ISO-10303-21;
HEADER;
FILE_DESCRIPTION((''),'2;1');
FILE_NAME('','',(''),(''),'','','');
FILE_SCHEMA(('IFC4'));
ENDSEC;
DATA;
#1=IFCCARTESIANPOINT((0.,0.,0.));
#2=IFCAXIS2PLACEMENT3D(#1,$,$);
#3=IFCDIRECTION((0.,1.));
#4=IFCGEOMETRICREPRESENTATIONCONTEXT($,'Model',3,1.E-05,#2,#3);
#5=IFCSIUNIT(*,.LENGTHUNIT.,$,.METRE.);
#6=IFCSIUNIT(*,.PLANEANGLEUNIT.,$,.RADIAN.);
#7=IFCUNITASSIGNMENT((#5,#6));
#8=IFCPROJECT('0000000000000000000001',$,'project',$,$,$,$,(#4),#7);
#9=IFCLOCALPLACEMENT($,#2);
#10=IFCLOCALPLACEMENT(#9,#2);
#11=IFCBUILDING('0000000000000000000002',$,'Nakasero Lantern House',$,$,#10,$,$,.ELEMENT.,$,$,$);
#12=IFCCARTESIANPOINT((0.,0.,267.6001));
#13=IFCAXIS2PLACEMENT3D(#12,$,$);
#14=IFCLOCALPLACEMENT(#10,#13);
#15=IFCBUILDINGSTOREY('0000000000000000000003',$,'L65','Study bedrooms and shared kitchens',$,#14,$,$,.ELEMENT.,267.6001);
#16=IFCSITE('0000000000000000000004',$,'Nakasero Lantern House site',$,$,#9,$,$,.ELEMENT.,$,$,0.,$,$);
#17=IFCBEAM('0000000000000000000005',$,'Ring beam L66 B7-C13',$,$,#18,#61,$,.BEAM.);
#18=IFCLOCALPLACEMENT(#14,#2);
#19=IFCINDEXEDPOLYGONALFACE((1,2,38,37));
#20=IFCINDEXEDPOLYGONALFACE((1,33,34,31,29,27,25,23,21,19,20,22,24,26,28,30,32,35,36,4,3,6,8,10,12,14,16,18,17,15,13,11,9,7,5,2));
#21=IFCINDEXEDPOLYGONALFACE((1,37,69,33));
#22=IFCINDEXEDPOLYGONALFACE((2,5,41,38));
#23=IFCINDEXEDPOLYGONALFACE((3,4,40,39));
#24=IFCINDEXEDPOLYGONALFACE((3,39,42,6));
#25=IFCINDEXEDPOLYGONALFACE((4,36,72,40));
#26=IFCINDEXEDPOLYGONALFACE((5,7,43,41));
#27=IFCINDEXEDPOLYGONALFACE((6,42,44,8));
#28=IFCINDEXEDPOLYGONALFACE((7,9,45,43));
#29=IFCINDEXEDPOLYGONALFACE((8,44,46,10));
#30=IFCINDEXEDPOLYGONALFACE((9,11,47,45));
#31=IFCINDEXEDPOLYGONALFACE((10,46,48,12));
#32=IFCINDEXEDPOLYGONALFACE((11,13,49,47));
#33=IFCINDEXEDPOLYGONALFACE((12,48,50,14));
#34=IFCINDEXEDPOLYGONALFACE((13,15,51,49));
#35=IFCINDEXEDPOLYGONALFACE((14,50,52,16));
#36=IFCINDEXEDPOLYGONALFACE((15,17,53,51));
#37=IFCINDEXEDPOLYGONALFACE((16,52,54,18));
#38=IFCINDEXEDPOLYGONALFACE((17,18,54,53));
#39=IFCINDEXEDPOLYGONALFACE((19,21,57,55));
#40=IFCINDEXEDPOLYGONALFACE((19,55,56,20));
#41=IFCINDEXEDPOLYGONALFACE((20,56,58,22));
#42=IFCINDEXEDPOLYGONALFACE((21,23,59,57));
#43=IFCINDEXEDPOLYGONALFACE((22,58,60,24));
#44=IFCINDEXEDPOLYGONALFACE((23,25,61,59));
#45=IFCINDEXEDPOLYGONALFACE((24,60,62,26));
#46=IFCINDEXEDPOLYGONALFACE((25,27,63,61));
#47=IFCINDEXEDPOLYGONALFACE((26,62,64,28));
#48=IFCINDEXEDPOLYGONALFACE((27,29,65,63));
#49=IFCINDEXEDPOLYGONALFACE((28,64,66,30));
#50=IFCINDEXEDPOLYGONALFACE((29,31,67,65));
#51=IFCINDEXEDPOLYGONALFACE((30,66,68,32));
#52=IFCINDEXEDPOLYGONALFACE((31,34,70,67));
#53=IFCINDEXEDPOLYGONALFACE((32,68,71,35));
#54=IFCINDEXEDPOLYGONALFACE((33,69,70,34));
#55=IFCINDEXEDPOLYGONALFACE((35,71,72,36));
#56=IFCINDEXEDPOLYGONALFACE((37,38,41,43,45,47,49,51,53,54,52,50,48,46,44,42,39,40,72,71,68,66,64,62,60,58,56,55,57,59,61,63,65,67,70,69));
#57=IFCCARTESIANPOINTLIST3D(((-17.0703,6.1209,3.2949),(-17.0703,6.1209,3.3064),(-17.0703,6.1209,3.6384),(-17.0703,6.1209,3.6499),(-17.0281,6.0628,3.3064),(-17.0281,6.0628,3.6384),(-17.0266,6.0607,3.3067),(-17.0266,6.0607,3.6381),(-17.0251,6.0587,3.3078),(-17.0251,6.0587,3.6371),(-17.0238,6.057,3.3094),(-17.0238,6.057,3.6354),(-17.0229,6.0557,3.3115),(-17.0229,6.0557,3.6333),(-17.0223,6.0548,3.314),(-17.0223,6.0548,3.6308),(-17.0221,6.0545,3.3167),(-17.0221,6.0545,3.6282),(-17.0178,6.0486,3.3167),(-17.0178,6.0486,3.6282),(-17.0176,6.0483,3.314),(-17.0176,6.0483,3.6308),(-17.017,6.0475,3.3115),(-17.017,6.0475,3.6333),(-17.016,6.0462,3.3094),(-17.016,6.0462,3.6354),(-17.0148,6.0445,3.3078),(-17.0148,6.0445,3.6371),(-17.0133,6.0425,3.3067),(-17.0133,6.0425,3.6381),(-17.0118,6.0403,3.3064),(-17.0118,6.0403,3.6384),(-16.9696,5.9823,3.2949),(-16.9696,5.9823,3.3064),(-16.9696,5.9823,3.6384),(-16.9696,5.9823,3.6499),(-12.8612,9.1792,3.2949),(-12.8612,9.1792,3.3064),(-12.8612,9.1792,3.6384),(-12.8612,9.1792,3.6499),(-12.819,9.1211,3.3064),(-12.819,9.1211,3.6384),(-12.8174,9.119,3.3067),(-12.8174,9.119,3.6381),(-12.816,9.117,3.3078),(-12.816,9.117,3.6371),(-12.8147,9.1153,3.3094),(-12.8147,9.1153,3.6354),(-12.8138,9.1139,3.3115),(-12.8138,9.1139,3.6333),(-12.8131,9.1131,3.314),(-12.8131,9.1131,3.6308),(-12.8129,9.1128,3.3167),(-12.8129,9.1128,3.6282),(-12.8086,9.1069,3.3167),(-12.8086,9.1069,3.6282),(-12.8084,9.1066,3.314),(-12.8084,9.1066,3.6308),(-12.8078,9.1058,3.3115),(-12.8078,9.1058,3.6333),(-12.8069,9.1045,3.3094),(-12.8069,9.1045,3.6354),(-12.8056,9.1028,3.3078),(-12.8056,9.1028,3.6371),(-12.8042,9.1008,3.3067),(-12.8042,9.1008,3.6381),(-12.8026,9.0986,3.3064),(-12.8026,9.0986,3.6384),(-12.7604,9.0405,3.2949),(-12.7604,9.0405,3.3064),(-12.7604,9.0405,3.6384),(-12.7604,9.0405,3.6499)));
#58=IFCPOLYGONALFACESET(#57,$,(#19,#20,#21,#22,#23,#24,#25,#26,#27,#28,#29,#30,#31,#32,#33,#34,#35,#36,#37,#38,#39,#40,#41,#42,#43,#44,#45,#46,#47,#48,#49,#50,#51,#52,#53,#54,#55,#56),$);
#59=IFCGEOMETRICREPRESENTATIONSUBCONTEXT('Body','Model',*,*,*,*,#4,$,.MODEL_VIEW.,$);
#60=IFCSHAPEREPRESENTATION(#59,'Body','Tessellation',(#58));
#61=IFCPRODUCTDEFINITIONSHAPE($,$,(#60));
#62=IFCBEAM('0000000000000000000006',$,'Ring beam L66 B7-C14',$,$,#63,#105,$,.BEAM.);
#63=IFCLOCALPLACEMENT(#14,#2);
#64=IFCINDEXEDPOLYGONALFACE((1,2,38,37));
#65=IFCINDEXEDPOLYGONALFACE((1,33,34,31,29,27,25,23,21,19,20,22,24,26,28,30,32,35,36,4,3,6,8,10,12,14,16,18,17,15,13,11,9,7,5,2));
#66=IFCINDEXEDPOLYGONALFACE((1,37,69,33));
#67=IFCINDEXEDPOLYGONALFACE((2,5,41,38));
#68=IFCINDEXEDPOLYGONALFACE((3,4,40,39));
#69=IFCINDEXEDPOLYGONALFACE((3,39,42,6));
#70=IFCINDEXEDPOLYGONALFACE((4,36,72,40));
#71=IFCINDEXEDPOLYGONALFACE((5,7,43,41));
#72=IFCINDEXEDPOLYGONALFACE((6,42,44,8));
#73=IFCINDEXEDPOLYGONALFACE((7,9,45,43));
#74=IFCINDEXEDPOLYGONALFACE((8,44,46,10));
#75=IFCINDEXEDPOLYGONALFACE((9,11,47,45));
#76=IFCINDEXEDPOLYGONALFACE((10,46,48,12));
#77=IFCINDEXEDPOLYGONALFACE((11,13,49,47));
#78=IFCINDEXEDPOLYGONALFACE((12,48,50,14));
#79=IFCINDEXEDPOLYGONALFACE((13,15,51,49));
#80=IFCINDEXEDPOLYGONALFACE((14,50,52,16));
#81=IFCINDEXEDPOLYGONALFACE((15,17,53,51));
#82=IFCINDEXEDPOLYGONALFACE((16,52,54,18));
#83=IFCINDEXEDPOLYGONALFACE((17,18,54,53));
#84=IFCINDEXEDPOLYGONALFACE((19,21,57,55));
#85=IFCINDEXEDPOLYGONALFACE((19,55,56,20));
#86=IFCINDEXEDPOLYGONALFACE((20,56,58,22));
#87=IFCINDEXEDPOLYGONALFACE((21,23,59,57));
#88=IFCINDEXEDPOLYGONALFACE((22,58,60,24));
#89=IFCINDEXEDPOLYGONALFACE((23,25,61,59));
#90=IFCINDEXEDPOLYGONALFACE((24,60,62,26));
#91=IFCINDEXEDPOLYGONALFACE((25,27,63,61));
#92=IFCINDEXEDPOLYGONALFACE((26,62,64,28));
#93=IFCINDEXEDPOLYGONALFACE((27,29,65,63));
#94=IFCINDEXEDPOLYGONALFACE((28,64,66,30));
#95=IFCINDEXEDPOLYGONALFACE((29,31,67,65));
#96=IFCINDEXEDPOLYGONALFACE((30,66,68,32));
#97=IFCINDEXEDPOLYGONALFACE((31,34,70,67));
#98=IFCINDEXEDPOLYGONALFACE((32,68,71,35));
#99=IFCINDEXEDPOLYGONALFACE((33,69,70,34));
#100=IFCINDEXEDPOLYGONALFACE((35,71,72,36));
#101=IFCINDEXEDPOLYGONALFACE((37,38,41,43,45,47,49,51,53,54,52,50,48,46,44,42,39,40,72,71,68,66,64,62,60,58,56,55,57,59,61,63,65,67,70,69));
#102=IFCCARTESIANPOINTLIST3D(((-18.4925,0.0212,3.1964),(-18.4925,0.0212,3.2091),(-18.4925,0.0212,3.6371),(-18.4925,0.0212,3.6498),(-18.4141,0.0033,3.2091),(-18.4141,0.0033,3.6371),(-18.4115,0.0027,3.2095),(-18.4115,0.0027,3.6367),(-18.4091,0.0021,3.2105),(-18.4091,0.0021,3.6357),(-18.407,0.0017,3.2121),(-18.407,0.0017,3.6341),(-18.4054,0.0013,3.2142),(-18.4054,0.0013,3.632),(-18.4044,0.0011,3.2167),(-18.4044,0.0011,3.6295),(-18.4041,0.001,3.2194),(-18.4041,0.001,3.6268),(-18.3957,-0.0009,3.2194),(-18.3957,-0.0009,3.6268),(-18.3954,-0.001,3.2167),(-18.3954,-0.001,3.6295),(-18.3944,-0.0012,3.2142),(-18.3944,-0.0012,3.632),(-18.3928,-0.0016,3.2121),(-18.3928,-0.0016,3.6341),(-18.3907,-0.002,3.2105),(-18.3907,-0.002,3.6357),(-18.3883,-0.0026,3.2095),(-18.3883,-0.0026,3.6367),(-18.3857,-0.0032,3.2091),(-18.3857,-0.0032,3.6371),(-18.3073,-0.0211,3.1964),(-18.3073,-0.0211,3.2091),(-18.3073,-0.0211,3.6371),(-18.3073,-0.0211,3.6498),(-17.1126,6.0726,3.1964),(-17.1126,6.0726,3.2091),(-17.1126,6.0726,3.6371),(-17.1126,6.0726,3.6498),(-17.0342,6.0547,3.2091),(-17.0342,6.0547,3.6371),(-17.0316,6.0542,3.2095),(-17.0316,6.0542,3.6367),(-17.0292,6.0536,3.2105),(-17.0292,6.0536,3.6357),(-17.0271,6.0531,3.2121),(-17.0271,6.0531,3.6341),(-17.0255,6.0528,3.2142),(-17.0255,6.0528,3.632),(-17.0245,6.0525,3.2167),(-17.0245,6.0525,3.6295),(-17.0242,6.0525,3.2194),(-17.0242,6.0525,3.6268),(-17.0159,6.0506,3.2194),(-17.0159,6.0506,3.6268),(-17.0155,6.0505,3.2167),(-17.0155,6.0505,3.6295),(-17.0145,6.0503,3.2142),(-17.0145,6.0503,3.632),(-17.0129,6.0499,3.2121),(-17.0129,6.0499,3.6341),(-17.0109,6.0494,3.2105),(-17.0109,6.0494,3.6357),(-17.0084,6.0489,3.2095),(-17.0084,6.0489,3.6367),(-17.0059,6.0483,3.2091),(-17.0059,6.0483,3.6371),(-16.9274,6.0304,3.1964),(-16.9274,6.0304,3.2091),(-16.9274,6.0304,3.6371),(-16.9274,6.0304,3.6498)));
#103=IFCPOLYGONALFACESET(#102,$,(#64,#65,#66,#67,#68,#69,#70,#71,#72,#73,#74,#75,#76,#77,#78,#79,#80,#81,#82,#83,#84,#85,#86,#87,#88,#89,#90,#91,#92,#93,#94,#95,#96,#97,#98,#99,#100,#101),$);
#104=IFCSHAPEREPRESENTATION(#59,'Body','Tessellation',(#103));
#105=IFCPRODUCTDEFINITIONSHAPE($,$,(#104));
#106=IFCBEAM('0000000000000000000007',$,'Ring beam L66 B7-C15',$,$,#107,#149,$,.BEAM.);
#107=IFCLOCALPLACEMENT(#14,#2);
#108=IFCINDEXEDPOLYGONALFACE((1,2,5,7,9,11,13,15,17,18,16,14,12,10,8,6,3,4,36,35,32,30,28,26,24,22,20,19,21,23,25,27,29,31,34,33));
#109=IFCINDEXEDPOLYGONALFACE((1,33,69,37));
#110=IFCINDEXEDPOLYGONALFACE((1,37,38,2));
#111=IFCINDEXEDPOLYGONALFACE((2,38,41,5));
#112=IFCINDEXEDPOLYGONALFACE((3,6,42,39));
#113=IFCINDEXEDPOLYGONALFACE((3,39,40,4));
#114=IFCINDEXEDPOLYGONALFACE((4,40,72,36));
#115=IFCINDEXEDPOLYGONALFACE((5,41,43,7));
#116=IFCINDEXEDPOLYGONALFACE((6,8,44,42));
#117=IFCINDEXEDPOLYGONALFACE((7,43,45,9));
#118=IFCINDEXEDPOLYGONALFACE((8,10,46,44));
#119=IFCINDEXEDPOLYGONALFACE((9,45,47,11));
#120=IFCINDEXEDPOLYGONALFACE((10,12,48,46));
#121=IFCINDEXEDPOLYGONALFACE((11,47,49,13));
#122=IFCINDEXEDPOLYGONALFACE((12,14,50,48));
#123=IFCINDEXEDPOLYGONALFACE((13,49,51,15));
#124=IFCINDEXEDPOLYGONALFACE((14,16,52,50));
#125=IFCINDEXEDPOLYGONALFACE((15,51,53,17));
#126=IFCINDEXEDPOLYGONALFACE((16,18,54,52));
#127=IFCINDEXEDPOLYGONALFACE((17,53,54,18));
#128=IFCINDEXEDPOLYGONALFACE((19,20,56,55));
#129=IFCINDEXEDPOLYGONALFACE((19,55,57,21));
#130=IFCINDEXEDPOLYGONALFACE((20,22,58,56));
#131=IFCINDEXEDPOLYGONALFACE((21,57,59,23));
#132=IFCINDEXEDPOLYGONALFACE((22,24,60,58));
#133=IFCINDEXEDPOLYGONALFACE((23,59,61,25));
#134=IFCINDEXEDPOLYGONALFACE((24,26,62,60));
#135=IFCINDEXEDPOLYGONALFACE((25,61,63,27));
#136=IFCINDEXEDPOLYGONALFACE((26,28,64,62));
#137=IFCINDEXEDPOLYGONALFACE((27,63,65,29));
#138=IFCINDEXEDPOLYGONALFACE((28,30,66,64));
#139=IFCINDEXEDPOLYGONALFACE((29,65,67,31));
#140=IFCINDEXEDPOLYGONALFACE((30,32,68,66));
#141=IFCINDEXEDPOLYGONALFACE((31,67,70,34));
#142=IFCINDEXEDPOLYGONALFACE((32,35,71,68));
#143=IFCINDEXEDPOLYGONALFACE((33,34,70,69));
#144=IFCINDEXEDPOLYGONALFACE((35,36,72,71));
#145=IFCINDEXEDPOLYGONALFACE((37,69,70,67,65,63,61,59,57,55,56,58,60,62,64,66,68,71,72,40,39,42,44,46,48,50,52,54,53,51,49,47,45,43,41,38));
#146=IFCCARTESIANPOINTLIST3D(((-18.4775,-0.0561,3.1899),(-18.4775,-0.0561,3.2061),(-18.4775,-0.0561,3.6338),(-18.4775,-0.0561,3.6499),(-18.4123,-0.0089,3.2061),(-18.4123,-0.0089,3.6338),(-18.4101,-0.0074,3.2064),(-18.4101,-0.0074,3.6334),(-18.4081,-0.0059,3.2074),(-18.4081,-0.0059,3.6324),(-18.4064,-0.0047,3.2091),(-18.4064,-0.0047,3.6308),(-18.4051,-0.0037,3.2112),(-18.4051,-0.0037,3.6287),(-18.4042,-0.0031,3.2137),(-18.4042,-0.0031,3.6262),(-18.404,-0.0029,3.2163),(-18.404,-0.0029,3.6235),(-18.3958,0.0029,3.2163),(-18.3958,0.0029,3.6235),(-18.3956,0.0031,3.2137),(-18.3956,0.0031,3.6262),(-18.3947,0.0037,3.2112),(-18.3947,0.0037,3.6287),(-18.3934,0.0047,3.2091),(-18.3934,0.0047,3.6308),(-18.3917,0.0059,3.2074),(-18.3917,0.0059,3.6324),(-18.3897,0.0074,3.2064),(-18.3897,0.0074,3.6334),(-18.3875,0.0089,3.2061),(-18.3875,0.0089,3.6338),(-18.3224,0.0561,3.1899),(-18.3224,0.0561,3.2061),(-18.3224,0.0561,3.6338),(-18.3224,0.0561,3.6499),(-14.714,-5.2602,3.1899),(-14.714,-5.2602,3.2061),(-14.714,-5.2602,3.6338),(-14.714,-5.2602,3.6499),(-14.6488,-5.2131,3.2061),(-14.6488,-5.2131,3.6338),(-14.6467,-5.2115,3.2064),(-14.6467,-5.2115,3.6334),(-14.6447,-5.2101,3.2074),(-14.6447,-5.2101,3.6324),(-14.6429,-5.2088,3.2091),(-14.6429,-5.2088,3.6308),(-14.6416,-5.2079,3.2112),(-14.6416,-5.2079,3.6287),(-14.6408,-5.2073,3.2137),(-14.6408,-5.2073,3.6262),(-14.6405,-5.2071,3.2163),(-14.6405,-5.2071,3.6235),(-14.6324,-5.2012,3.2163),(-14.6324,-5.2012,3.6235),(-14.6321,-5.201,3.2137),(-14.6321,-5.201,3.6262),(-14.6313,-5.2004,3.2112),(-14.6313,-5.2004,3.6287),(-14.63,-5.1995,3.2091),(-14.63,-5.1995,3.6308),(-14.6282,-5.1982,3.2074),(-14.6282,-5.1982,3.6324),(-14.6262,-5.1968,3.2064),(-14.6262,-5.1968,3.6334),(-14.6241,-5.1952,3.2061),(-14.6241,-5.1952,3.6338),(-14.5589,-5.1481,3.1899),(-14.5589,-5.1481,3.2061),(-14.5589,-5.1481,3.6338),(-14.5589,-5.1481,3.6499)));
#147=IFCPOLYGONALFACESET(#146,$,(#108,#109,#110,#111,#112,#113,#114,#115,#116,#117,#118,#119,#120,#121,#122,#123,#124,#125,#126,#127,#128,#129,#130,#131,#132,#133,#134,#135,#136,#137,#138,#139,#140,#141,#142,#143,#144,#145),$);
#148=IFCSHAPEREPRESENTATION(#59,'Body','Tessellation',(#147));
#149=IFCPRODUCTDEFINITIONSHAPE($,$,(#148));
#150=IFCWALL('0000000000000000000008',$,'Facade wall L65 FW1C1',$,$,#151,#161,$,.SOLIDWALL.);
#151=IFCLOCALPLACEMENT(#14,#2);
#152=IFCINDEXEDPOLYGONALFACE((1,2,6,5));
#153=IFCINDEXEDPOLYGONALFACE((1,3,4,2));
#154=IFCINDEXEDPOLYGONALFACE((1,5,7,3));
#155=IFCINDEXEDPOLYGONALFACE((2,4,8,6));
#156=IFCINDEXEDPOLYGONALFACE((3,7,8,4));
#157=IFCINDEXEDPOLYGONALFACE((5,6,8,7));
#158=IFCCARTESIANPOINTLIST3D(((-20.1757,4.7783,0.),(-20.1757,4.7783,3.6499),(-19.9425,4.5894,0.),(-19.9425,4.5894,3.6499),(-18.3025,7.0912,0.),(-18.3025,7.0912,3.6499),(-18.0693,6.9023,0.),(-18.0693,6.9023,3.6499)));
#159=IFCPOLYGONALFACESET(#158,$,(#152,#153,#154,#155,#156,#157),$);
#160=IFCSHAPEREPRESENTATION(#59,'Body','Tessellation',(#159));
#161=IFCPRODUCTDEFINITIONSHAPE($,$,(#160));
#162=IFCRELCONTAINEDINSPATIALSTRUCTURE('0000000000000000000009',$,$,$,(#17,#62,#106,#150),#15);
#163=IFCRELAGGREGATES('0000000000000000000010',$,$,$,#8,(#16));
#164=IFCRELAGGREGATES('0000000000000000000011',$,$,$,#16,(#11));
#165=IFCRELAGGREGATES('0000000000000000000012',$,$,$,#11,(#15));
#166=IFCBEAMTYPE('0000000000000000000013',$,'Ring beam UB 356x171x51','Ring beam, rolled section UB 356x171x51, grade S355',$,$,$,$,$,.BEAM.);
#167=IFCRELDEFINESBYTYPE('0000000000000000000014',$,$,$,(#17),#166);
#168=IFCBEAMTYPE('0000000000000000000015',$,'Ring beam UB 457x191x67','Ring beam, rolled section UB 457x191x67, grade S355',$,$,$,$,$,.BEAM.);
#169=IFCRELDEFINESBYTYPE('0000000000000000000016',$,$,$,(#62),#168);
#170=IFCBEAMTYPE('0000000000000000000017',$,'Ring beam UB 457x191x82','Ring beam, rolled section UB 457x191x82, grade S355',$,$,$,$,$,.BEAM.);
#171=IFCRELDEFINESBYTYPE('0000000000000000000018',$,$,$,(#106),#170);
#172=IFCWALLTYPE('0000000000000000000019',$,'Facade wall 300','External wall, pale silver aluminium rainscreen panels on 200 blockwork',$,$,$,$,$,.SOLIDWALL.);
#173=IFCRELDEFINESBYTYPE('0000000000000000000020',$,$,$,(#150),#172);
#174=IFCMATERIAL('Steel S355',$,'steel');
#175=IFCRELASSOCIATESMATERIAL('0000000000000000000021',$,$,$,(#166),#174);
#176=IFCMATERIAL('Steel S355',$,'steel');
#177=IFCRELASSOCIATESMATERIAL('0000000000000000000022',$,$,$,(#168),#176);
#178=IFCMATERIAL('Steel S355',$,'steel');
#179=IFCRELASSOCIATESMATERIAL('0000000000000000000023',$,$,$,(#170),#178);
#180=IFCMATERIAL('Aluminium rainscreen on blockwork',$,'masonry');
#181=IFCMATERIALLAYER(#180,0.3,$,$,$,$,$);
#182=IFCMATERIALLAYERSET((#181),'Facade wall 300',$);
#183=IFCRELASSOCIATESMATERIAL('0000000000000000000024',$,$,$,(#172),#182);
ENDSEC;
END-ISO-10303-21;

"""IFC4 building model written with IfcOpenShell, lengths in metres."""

from ifc_helpers import new_model, si_unit, direction, frame, frame_2d, origin, origin_2d, place, context, subcontext, project, spatial, rectangle, i_section, extrude, material, layer, layer_set, material_profile, profile_set, type_object, element, save


model = new_model("IFC4")

# Units and contexts
model_context = context("Model", 3, precision=1e-05, world=origin(), true_north=direction((0.0, 1.0)))
body_context = subcontext(model_context, "Body", "Model", "MODEL_VIEW")
ifc_project = project(units=[si_unit("LENGTHUNIT", "METRE"), si_unit("PLANEANGLEUNIT", "RADIAN")], contexts=[model_context])

# Site, building, storey
site_placement = place(None, origin())
site = spatial("IfcSite", under=ifc_project, at=site_placement, Name="Nakasero Lantern House site", CompositionType="ELEMENT", RefElevation=0.0)
building_placement = place(site_placement, origin())
building = spatial("IfcBuilding", under=site, at=building_placement, Name="Nakasero Lantern House", CompositionType="ELEMENT")
storey_placement = place(building_placement, frame((0.0, 0.0, 267.6001)))
storey = spatial("IfcBuildingStorey", under=building, at=storey_placement, Name="L65", Description="Study bedrooms and shared kitchens", CompositionType="ELEMENT", Elevation=267.6001)

# Beams
ifc_material_1 = material(Name="Steel S355", Category="steel")
ifc_material_profile_1 = material_profile(ifc_material_1, i_section(OverallWidth=0.1714, OverallDepth=0.355, WebThickness=0.0073, FlangeThickness=0.0115, FilletRadius=0.0103, at=origin_2d()), Name="UB 356x171x51")
ifc_profile_set_1 = profile_set([ifc_material_profile_1], Name="Steel S355")
beam_type_1 = type_object("IfcBeamType", Name="Ring beam UB 356x171x51", Description="Ring beam, rolled section UB 356x171x51, grade S355", PredefinedType="BEAM", material=ifc_profile_set_1)
beam_1_placement = place(storey_placement, frame((-12.8108, 9.1099, 3.4724), z_axis=(-0.809002, -0.587806, 0.0), x_axis=(0.587806, -0.809002, 0.0)))
element("IfcBeam", 1, at=beam_1_placement, inside=storey, type_object=beam_type_1, Name="Ring beam L66 B7-C13", PredefinedType="BEAM", context=body_context, shape_type="SweptSolid", body=[
    extrude(i_section(OverallWidth=0.1714, OverallDepth=0.355, WebThickness=0.0073, FlangeThickness=0.0115, FilletRadius=0.0103, at=origin_2d()), origin(), (0.0, 0.0, 1.0), 5.2029),
])
ifc_material_2 = material(Name="Steel S355", Category="steel")
ifc_material_profile_2 = material_profile(ifc_material_2, i_section(OverallWidth=0.1899, OverallDepth=0.4534, WebThickness=0.0085, FlangeThickness=0.0127, FilletRadius=0.0103, at=origin_2d()), Name="UB 457x191x67")
ifc_profile_set_2 = profile_set([ifc_material_profile_2], Name="Steel S355")
beam_type_2 = type_object("IfcBeamType", Name="Ring beam UB 457x191x67", Description="Ring beam, rolled section UB 457x191x67, grade S355", PredefinedType="BEAM", material=ifc_profile_set_2)
beam_2_placement = place(storey_placement, frame((-17.02, 6.0515, 3.4231), z_axis=(-0.222316, -0.974975, 0.0), x_axis=(0.974975, -0.222316, 0.0)))
element("IfcBeam", 2, at=beam_2_placement, inside=storey, type_object=beam_type_2, Name="Ring beam L66 B7-C14", PredefinedType="BEAM", context=body_context, shape_type="SweptSolid", body=[
    extrude(i_section(OverallWidth=0.1899, OverallDepth=0.4534, WebThickness=0.0085, FlangeThickness=0.0127, FilletRadius=0.0103, at=origin_2d()), origin(), (0.0, 0.0, 1.0), 6.2068),
])
ifc_material_3 = material(Name="Steel S355", Category="steel")
ifc_material_profile_3 = material_profile(ifc_material_3, i_section(OverallWidth=0.1914, OverallDepth=0.46, WebThickness=0.01, FlangeThickness=0.0161, FilletRadius=0.0103, at=origin_2d()), Name="UB 457x191x82")
ifc_profile_set_3 = profile_set([ifc_material_profile_3], Name="Steel S355")
beam_type_3 = type_object("IfcBeamType", Name="Ring beam UB 457x191x82", Description="Ring beam, rolled section UB 457x191x82, grade S355", PredefinedType="BEAM", material=ifc_profile_set_3)
beam_3_placement = place(storey_placement, frame((-18.3999, 0.0, 3.4199), z_axis=(0.585993, -0.810316, 0.0), x_axis=(0.810316, 0.585993, 0.0)))
element("IfcBeam", 3, at=beam_3_placement, inside=storey, type_object=beam_type_3, Name="Ring beam L66 B7-C15", PredefinedType="BEAM", context=body_context, shape_type="SweptSolid", body=[
    extrude(i_section(OverallWidth=0.1914, OverallDepth=0.46, WebThickness=0.01, FlangeThickness=0.0161, FilletRadius=0.0103, at=origin_2d()), origin(), (0.0, 0.0, 1.0), 6.4224),
])

# Wall
ifc_material_4 = material(Name="Aluminium rainscreen on blockwork", Category="masonry")
ifc_layer_1 = layer(ifc_material_4, 0.3)
ifc_layer_set_1 = layer_set([ifc_layer_1], Name="Facade wall 300")
wall_type_1 = type_object("IfcWallType", Name="Facade wall 300", Description="External wall, pale silver aluminium rainscreen panels on 200 blockwork", PredefinedType="SOLIDWALL", material=ifc_layer_set_1)
wall_1_placement = place(storey_placement, frame((-18.1858, 6.9968, 0.0), z_axis=(0.0, 0.0, 1.0), x_axis=(-0.629375, -0.777102, 0.0)))
element("IfcWall", 4, at=wall_1_placement, inside=storey, type_object=wall_type_1, Name="Facade wall L65 FW1C1", PredefinedType="SOLIDWALL", context=body_context, shape_type="SweptSolid", body=[
    extrude(rectangle(XDim=2.9763, YDim=0.3, at=frame_2d((1.4883, 0.0))), origin(), (0.0, 0.0, 1.0), 3.6499),
])

save(model, "model.ifc")
